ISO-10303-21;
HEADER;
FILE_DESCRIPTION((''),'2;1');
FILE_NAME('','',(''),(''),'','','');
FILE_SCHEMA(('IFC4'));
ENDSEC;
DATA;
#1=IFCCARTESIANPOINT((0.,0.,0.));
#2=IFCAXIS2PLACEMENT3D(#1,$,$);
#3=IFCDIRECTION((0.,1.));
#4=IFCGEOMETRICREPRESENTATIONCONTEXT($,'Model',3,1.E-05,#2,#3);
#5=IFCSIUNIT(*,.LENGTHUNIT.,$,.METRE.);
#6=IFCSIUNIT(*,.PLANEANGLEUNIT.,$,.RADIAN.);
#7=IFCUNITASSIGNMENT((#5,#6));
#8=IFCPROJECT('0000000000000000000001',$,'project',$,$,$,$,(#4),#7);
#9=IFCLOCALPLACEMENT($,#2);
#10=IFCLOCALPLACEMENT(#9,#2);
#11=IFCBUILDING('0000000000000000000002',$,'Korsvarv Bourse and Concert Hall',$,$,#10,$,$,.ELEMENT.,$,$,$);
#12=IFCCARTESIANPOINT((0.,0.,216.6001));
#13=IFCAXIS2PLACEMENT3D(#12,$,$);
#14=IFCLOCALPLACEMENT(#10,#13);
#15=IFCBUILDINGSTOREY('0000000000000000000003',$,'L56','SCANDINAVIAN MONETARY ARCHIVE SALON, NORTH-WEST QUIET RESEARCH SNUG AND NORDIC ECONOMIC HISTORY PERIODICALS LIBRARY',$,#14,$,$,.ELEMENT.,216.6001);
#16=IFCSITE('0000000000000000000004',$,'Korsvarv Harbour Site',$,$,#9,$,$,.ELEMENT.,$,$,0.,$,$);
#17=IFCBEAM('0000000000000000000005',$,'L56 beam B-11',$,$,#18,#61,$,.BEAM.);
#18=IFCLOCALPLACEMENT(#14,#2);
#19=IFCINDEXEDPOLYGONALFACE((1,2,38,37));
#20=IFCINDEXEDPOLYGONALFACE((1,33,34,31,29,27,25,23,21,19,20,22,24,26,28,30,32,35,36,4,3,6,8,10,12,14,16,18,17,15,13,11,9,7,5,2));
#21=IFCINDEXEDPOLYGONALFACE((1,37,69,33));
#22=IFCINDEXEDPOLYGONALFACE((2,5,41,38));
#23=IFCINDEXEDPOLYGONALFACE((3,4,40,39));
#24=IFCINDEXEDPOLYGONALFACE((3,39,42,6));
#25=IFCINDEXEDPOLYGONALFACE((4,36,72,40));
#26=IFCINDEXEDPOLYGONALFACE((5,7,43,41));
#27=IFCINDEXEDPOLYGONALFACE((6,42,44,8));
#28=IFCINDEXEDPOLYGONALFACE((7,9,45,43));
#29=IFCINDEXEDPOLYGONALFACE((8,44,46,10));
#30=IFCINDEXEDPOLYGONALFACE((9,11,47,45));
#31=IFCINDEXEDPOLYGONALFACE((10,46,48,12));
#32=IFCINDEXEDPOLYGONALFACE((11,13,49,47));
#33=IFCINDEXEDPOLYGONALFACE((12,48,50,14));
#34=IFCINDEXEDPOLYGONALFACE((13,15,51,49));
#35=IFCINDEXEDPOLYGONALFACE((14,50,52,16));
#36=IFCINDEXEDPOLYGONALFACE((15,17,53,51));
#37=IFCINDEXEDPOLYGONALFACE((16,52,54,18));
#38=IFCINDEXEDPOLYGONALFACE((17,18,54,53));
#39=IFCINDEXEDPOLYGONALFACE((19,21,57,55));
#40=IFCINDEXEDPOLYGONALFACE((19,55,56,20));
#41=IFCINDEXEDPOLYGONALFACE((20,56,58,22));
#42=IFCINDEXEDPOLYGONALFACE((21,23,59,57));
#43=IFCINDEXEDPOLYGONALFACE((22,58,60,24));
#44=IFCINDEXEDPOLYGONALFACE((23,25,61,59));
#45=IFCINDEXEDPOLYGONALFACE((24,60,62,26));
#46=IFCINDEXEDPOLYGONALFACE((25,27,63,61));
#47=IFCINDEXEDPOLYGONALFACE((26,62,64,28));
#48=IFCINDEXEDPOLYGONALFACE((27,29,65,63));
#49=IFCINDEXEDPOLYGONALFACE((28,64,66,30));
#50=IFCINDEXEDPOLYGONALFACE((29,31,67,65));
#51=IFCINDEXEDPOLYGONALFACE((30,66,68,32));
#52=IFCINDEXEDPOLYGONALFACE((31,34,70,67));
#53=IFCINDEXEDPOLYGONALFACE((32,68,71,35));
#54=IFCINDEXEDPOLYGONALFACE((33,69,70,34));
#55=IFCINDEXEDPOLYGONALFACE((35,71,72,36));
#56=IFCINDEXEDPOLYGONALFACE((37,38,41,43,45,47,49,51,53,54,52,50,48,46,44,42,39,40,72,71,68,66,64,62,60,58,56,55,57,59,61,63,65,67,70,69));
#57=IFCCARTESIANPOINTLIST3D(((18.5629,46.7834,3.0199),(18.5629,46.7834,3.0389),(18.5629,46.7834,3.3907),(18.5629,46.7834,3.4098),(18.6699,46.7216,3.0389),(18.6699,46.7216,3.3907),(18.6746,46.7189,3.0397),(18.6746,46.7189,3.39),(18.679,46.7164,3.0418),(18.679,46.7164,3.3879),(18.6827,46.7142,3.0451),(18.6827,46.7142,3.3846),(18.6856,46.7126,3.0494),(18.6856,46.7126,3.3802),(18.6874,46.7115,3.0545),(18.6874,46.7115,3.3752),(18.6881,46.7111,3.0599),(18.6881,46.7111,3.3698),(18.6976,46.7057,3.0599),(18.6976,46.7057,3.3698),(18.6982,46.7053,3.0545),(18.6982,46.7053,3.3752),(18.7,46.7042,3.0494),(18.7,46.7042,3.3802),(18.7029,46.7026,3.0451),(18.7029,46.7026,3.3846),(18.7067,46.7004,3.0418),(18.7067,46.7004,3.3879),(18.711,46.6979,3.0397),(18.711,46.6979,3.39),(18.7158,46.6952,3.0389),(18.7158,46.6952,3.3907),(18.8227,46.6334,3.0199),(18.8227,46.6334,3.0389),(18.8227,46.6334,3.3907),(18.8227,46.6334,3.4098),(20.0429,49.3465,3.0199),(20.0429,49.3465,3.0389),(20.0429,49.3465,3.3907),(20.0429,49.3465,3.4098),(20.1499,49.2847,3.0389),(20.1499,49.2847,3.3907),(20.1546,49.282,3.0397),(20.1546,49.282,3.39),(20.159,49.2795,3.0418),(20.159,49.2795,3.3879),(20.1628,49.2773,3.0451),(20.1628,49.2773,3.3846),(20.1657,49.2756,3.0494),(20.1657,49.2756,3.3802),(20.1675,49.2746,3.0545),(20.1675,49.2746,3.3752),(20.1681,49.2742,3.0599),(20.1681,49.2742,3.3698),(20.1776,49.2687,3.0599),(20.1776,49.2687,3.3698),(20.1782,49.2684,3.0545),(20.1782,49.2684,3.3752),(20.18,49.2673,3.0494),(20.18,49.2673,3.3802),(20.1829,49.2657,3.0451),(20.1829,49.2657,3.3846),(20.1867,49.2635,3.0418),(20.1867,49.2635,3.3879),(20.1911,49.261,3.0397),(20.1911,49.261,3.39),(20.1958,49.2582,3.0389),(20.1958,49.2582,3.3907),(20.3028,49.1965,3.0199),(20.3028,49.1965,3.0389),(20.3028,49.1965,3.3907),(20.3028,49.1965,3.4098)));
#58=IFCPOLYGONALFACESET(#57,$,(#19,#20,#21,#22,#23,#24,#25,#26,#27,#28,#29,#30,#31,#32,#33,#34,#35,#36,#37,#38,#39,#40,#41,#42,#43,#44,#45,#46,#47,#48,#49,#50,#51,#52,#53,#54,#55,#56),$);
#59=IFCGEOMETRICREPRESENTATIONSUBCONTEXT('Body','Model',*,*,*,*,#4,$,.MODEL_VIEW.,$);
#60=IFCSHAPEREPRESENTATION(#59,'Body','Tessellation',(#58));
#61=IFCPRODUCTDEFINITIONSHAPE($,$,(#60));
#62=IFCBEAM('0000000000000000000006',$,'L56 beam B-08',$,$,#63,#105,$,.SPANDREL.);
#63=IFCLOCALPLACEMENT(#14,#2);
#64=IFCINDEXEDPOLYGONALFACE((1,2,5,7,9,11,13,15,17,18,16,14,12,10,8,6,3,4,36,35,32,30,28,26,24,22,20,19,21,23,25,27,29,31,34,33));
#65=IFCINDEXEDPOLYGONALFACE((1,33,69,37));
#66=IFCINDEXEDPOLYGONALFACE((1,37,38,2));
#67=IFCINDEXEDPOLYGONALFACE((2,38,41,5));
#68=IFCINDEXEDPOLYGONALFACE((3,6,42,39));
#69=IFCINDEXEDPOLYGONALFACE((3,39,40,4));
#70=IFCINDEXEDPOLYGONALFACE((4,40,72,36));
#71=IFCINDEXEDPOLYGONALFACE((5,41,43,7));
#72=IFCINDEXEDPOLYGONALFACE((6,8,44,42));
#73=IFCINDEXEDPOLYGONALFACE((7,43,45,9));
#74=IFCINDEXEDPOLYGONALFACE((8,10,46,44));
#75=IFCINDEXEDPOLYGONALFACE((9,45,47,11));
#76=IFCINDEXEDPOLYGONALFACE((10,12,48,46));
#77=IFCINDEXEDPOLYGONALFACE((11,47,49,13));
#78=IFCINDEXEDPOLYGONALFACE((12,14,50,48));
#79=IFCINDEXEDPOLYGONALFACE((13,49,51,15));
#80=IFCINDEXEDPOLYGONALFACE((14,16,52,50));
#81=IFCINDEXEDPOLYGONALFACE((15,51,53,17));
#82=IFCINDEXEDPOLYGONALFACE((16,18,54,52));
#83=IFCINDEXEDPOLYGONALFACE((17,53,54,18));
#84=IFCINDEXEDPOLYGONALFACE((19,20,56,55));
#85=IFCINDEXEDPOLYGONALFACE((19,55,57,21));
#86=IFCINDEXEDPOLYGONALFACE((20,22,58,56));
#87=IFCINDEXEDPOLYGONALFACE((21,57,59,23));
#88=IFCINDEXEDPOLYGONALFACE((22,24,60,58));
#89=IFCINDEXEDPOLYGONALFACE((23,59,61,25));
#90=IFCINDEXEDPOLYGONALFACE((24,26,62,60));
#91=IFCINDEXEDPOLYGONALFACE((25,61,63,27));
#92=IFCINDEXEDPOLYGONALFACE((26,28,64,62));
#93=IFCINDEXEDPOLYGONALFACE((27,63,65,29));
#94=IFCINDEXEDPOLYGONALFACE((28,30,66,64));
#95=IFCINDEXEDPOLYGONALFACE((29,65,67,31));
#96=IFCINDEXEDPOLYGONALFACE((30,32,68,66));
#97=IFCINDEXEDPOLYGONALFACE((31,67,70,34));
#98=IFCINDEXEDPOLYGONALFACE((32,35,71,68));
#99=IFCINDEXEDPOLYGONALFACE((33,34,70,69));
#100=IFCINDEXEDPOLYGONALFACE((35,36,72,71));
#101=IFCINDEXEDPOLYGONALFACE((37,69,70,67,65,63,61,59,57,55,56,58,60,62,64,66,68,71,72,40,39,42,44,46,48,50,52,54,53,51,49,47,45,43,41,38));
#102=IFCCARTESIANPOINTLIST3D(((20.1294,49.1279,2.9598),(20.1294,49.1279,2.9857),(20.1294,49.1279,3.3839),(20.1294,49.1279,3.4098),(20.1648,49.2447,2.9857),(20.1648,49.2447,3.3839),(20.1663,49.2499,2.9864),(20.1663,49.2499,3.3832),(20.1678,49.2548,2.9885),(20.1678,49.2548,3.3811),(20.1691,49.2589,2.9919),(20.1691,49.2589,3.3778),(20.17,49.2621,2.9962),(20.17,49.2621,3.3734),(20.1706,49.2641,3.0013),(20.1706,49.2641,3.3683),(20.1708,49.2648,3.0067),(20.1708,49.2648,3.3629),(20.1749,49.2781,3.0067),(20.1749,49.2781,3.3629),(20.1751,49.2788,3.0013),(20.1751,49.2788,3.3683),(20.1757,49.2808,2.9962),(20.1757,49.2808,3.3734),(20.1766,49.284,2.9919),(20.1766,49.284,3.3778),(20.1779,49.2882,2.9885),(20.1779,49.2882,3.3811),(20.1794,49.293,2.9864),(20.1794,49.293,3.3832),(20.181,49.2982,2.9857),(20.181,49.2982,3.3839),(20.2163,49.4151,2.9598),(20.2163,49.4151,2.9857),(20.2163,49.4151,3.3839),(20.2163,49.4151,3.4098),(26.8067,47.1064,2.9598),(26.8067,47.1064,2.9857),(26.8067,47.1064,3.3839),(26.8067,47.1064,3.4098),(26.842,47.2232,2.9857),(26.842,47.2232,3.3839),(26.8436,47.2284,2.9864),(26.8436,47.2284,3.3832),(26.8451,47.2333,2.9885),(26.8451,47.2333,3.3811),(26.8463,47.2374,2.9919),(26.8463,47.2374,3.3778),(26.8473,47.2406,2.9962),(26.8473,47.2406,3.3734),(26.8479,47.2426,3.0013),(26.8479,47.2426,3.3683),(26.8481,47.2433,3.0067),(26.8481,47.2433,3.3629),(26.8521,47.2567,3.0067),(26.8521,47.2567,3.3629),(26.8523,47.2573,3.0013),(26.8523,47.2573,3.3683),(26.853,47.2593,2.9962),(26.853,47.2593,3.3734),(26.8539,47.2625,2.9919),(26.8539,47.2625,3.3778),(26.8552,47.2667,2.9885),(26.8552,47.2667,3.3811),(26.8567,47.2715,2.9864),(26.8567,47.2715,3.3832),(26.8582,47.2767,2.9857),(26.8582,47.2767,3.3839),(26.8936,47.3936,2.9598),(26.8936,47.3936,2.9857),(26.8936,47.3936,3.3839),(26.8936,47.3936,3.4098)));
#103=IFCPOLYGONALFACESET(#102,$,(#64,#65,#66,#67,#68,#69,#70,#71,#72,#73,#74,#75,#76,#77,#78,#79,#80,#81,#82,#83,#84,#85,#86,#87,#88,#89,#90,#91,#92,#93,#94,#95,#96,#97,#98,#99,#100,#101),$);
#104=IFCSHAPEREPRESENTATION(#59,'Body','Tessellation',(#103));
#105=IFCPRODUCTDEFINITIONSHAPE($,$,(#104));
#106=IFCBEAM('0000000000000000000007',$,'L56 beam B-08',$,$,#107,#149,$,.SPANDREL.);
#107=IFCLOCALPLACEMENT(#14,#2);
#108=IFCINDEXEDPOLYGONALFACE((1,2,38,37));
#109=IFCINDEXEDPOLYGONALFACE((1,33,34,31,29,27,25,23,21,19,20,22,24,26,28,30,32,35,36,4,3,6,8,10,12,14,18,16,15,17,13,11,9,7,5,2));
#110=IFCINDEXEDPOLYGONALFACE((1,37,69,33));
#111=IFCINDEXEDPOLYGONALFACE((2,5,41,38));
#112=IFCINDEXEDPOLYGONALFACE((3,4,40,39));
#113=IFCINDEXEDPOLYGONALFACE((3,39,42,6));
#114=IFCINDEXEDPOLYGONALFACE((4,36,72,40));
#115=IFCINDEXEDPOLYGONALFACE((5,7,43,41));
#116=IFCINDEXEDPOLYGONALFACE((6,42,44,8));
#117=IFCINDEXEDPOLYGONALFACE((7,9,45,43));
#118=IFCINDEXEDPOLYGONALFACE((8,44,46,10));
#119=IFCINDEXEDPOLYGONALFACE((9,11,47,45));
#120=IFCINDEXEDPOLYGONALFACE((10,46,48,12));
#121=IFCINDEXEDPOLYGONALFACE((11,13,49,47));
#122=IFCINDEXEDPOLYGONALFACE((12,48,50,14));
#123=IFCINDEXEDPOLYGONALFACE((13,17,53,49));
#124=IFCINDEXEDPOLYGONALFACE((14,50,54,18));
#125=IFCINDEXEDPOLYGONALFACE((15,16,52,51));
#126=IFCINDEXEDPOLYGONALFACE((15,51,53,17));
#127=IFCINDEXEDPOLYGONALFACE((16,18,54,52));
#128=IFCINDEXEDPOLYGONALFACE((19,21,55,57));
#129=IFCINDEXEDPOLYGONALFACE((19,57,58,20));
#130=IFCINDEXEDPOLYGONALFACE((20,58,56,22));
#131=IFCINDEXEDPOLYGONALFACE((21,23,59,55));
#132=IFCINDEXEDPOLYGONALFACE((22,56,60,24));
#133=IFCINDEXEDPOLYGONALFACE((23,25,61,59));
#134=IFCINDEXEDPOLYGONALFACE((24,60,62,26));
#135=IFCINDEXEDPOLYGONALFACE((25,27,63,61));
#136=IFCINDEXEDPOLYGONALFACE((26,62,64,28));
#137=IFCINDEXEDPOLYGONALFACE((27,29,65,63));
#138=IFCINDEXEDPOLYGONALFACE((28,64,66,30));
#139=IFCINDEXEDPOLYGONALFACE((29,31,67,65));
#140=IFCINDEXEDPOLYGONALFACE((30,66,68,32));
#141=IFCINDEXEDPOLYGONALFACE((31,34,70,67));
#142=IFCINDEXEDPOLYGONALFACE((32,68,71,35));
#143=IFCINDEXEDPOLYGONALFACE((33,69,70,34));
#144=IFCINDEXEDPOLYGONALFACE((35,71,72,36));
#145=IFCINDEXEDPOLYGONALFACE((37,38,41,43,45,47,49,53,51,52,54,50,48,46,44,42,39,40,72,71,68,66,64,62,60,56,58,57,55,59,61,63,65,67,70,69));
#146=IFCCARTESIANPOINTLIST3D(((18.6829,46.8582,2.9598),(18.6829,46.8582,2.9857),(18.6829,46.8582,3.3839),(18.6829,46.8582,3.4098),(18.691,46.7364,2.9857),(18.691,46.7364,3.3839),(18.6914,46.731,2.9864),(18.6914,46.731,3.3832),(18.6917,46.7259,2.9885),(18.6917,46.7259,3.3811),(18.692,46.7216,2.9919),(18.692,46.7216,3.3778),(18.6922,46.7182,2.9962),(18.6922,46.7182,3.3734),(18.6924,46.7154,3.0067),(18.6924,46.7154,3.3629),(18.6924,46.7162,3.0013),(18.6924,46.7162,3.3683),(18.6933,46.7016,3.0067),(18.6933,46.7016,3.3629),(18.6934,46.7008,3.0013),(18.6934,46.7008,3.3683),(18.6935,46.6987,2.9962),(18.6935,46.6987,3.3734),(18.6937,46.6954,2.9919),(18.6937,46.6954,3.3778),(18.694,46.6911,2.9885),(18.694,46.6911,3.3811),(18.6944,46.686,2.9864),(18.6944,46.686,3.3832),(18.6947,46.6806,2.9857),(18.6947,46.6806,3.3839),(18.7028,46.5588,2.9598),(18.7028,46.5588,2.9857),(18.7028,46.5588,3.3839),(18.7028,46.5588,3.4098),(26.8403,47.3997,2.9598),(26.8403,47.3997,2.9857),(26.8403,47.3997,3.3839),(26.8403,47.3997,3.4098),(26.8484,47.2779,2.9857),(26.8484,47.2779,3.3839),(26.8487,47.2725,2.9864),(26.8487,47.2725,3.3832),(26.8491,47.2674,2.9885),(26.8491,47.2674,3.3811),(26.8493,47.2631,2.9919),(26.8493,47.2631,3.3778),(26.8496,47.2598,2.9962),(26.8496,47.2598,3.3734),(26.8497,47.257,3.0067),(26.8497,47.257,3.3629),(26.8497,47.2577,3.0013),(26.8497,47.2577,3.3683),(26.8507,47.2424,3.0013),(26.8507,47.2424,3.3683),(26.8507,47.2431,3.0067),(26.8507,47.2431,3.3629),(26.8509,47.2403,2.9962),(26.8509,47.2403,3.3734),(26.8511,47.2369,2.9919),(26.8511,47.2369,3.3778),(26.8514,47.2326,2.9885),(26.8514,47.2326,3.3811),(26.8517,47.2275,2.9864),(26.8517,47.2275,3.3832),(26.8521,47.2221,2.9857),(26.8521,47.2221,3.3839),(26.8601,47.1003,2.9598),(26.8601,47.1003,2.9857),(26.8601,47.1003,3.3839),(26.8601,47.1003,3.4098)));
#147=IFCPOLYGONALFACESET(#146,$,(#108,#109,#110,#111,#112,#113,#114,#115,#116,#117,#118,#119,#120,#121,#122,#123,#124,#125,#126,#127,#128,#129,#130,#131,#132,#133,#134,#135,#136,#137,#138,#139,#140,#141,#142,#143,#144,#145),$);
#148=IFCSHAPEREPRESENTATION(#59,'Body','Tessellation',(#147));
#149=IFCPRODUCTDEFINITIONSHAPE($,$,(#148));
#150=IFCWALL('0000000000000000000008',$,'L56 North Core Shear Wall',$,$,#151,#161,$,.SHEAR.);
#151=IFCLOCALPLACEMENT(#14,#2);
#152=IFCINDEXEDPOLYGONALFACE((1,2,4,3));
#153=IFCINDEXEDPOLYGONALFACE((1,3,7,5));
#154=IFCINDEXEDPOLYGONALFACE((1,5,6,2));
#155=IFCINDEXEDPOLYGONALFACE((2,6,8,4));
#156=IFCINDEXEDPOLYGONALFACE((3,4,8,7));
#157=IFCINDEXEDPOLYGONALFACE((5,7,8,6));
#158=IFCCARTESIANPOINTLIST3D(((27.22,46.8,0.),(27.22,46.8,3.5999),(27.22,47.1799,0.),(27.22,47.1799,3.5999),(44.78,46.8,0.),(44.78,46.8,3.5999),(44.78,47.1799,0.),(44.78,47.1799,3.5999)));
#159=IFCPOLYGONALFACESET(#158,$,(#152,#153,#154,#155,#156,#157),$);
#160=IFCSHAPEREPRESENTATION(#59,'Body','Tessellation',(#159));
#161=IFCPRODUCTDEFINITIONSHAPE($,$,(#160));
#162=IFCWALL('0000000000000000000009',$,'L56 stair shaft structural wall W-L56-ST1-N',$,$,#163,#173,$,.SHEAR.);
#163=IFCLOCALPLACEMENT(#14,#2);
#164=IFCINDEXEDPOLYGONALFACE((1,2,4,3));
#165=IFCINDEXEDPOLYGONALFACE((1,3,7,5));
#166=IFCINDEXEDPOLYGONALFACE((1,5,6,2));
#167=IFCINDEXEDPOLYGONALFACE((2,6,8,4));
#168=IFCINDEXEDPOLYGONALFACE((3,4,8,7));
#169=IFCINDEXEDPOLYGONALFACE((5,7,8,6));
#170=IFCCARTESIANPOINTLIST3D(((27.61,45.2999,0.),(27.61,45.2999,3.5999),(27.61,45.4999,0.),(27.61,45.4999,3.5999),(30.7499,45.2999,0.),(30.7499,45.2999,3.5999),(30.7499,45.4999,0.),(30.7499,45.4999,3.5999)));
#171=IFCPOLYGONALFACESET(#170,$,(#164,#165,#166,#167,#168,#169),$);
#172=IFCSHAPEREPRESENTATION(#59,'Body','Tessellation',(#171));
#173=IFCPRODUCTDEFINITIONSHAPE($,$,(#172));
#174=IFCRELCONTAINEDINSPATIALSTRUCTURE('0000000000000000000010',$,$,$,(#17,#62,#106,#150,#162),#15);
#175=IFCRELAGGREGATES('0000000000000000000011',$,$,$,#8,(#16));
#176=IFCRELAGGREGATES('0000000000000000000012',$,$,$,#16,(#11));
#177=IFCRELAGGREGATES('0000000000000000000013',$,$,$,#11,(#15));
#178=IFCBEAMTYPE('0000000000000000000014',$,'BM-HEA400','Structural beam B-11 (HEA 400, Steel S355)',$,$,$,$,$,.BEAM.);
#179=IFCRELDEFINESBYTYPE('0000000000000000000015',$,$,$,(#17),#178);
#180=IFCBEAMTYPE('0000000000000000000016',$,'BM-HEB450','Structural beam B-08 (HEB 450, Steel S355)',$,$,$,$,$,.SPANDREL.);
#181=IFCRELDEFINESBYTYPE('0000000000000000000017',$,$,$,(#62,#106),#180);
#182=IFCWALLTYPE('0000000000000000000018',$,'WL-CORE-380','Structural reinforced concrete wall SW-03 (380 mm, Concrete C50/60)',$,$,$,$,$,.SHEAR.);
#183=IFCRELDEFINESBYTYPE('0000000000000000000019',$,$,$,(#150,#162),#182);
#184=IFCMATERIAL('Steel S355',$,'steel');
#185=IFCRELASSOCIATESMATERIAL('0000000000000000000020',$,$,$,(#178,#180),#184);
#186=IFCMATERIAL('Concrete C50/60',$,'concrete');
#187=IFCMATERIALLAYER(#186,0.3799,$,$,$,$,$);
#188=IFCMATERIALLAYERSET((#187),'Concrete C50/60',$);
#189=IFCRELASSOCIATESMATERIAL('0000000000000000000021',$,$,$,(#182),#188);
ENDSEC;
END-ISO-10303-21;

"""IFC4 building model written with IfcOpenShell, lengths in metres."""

from ifc_helpers import new_model, si_unit, direction, frame, frame_2d, origin, origin_2d, place, context, subcontext, project, spatial, rectangle, i_section, extrude, source, transform, mapped, material, layer, layer_set, material_profile, profile_set, type_object, element, save


model = new_model("IFC4")

# Units and contexts
model_context = context("Model", 3, precision=1e-05, world=origin(), true_north=direction((0.0, 1.0)))
body_context = subcontext(model_context, "Body", "Model", "MODEL_VIEW")
ifc_project = project(units=[si_unit("LENGTHUNIT", "METRE"), si_unit("PLANEANGLEUNIT", "RADIAN")], contexts=[model_context])

# Site, building, storey
site_placement = place(None, origin())
site = spatial("IfcSite", under=ifc_project, at=site_placement, Name="Korsvarv Harbour Site", CompositionType="ELEMENT", RefElevation=0.0)
building_placement = place(site_placement, origin())
building = spatial("IfcBuilding", under=site, at=building_placement, Name="Korsvarv Bourse and Concert Hall", CompositionType="ELEMENT")
storey_placement = place(building_placement, frame((0.0, 0.0, 216.6001)))
storey = spatial("IfcBuildingStorey", under=building, at=storey_placement, Name="L56", Description="SCANDINAVIAN MONETARY ARCHIVE SALON, NORTH-WEST QUIET RESEARCH SNUG AND NORDIC ECONOMIC HISTORY PERIODICALS LIBRARY", CompositionType="ELEMENT", Elevation=216.6001)

# Shared definitions
ifc_material_1 = material(Name="Steel S355", Category="steel")

# Beams
ifc_material_profile_1 = material_profile(ifc_material_1, i_section(OverallWidth=0.3, OverallDepth=0.3899, WebThickness=0.011, FlangeThickness=0.019, FilletRadius=0.021, at=origin_2d()), Name="HEA 400")
ifc_profile_set_1 = profile_set([ifc_material_profile_1], Name="Steel S355")
beam_type_1 = type_object("IfcBeamType", Name="BM-HEA400", Description="Structural beam B-11 (HEA 400, Steel S355)", PredefinedType="BEAM", material=ifc_profile_set_1)
shared_shape_1 = source(origin(), body_context, "Body", "SweptSolid", [
    extrude(i_section(OverallWidth=0.3, OverallDepth=0.3899, WebThickness=0.011, FlangeThickness=0.019, FilletRadius=0.021, at=origin_2d()), origin(), (0.0, 0.0, 1.0), 2.9597),
])
beam_1_placement = place(storey_placement, frame((20.1729, 49.2715, 3.2148), z_axis=(-0.50006, -0.865991, 0.0), x_axis=(0.865991, -0.50006, 0.0)))
element("IfcBeam", 1, at=beam_1_placement, inside=storey, type_object=beam_type_1, Name="L56 beam B-11", PredefinedType="BEAM", context=body_context, shape_type="MappedRepresentation", body=[
    mapped(shared_shape_1, transform((0.0, 0.0, 0.0), scale=1.0)),
])
ifc_material_profile_2 = material_profile(ifc_material_1, i_section(OverallWidth=0.3, OverallDepth=0.45, WebThickness=0.0139, FlangeThickness=0.0259, FilletRadius=0.021, at=origin_2d()), Name="HEB 450")
ifc_profile_set_2 = profile_set([ifc_material_profile_2], Name="Steel S355")
beam_type_2 = type_object("IfcBeamType", Name="BM-HEB450", Description="Structural beam B-08 (HEB 450, Steel S355)", PredefinedType="SPANDREL", material=ifc_profile_set_2)
shared_shape_2 = source(origin(), body_context, "Body", "SweptSolid", [
    extrude(i_section(OverallWidth=0.3, OverallDepth=0.45, WebThickness=0.0139, FlangeThickness=0.0259, FilletRadius=0.021, at=origin_2d()), origin(), (0.0, 0.0, 1.0), 6.9766),
])
beam_2_placement = place(storey_placement, frame((20.1729, 49.2715, 3.1848), z_axis=(0.957101, -0.289755, 0.0), x_axis=(0.289755, 0.957101, 0.0)))
element("IfcBeam", 2, at=beam_2_placement, inside=storey, type_object=beam_type_2, Name="L56 beam B-08", PredefinedType="SPANDREL", context=body_context, shape_type="MappedRepresentation", body=[
    mapped(shared_shape_2, transform((0.0, 0.0, 0.0), scale=1.0)),
])
shared_shape_3 = source(origin(), body_context, "Body", "SweptSolid", [
    extrude(i_section(OverallWidth=0.3, OverallDepth=0.45, WebThickness=0.0139, FlangeThickness=0.0259, FilletRadius=0.021, at=origin_2d()), origin(), (0.0, 0.0, 1.0), 8.1753),
])
beam_3_placement = place(storey_placement, frame((18.6929, 46.7085, 3.1848), z_axis=(0.997804, 0.066238, 0.0), x_axis=(-0.066238, 0.997804, 0.0)))
element("IfcBeam", 3, at=beam_3_placement, inside=storey, type_object=beam_type_2, Name="L56 beam B-08", PredefinedType="SPANDREL", context=body_context, shape_type="MappedRepresentation", body=[
    mapped(shared_shape_3, transform((0.0, 0.0, 0.0), scale=1.0)),
])

# Walls
ifc_material_2 = material(Name="Concrete C50/60", Category="concrete")
ifc_layer_1 = layer(ifc_material_2, 0.3799)
ifc_layer_set_1 = layer_set([ifc_layer_1], Name="Concrete C50/60")
wall_type_1 = type_object("IfcWallType", Name="WL-CORE-380", Description="Structural reinforced concrete wall SW-03 (380 mm, Concrete C50/60)", PredefinedType="SHEAR", material=ifc_layer_set_1)
wall_1_placement = place(storey_placement, frame((27.22, 46.99, 0.0), z_axis=(0.0, 0.0, 1.0), x_axis=(1.0, 0.0, 0.0)))
element("IfcWall", 4, at=wall_1_placement, inside=storey, type_object=wall_type_1, Name="L56 North Core Shear Wall", PredefinedType="SHEAR", context=body_context, shape_type="SweptSolid", body=[
    extrude(rectangle(XDim=17.5601, YDim=0.3799, at=frame_2d((8.78, 0.0))), origin(), (0.0, 0.0, 1.0), 3.5999),
])
wall_2_placement = place(storey_placement, frame((27.6101, 45.3999, 0.0), z_axis=(0.0, 0.0, 1.0), x_axis=(1.0, 0.0, 0.0)))
element("IfcWall", 5, at=wall_2_placement, inside=storey, type_object=wall_type_1, Name="L56 stair shaft structural wall W-L56-ST1-N", PredefinedType="SHEAR", context=body_context, shape_type="SweptSolid", body=[
    extrude(rectangle(XDim=3.1399, YDim=0.2, at=frame_2d((1.5698, 0.0))), origin(), (0.0, 0.0, 1.0), 3.5999),
])

save(model, "model.ifc")
